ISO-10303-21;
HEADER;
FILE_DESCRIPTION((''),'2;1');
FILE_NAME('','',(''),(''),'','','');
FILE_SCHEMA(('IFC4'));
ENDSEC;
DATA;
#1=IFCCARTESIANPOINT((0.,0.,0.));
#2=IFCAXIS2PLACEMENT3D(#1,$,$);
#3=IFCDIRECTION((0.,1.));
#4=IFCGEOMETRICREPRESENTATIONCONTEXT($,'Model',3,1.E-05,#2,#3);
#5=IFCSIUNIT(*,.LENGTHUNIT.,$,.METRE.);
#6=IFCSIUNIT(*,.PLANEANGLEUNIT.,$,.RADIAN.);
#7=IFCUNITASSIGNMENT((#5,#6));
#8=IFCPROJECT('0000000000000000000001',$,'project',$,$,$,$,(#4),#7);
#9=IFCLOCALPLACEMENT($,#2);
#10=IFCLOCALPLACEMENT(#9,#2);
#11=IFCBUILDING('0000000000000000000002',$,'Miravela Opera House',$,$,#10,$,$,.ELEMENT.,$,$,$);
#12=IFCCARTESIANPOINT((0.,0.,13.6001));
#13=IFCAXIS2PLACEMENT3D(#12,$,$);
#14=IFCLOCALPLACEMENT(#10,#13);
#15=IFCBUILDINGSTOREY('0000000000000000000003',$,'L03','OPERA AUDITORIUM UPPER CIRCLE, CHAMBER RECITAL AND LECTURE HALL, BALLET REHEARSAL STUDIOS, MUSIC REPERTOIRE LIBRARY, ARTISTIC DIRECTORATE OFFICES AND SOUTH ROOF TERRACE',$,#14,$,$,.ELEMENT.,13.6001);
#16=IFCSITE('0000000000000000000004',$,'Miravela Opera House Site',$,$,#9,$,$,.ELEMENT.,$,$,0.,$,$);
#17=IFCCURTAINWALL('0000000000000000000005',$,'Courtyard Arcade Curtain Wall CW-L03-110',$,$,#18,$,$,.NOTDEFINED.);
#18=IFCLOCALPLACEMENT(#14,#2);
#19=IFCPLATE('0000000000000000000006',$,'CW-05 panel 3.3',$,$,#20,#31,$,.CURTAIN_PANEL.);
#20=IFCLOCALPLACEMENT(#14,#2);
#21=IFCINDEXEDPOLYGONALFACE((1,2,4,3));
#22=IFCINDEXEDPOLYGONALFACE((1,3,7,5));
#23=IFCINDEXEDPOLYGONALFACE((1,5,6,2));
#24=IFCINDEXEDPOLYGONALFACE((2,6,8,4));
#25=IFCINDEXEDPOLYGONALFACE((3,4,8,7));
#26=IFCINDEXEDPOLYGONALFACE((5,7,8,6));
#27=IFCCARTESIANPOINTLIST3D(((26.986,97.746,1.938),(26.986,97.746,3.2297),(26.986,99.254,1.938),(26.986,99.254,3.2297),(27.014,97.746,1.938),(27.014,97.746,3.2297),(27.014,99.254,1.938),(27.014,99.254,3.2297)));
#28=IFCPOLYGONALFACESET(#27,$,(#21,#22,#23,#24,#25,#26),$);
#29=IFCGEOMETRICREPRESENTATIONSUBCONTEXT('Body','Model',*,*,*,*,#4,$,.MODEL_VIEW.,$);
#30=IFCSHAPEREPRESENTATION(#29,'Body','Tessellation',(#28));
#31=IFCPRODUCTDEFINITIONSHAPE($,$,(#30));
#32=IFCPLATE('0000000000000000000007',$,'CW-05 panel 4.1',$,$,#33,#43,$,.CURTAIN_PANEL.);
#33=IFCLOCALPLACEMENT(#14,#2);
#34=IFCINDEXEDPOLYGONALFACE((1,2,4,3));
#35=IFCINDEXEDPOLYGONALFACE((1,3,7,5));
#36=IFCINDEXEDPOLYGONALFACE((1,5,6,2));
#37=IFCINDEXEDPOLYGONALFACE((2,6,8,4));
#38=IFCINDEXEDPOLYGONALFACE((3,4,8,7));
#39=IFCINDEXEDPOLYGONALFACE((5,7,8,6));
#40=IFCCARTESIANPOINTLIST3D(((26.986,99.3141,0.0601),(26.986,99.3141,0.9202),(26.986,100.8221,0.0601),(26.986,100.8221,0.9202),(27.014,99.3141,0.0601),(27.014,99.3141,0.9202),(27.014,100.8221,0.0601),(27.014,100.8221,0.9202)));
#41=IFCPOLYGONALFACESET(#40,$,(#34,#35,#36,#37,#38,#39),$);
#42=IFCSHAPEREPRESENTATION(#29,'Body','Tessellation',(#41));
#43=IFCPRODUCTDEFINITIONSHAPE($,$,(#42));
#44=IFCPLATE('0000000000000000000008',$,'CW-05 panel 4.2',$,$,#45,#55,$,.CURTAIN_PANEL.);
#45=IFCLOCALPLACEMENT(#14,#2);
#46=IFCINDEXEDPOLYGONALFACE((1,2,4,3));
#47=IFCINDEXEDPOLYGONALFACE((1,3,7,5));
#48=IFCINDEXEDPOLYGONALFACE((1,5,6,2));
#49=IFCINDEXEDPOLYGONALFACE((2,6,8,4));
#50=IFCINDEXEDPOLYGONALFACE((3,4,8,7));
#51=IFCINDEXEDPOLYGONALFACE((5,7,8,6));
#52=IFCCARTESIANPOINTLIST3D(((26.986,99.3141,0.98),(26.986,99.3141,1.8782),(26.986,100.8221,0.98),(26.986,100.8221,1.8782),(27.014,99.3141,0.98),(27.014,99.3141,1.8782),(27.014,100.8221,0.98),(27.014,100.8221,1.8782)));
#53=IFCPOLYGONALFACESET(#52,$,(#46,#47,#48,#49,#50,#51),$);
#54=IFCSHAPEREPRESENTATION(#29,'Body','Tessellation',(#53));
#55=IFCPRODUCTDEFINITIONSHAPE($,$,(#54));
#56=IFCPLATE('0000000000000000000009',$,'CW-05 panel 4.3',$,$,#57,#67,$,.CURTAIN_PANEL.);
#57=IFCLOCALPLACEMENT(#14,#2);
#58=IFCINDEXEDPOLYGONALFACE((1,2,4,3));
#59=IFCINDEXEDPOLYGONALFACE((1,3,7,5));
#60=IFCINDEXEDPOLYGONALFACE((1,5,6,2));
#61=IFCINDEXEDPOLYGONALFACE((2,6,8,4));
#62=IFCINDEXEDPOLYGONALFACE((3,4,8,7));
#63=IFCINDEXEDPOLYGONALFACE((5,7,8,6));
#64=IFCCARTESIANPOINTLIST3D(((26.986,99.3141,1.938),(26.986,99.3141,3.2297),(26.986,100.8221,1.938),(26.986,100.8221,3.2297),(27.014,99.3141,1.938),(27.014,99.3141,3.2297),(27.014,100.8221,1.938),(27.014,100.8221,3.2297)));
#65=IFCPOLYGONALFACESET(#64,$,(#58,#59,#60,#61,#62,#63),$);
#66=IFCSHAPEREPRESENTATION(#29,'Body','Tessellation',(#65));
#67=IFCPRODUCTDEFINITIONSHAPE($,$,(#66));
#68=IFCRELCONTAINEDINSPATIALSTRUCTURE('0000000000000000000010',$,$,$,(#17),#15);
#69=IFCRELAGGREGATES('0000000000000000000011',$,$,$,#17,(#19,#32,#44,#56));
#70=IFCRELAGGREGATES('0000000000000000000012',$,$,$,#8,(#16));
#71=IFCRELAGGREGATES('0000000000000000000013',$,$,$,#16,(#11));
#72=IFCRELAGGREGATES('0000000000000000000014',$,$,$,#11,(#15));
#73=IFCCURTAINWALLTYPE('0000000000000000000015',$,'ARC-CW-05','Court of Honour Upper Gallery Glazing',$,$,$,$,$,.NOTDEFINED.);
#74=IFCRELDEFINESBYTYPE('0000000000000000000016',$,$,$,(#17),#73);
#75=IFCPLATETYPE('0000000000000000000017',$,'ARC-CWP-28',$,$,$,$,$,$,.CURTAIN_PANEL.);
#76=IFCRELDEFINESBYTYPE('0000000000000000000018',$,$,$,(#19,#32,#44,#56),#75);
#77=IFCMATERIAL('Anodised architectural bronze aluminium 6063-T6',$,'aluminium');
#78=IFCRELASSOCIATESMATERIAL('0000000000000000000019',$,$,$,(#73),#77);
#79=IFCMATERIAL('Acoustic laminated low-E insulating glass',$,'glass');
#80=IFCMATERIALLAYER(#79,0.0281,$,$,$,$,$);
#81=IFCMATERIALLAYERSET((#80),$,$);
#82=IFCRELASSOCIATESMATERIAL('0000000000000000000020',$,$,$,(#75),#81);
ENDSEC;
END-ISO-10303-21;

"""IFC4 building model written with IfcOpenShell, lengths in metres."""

from ifc_helpers import new_model, si_unit, direction, frame, origin, origin_2d, place, context, subcontext, project, spatial, rectangle, extrude, material, layer, layer_set, type_object, element, aggregate, save


model = new_model("IFC4")

# Units and contexts
model_context = context("Model", 3, precision=1e-05, world=origin(), true_north=direction((0.0, 1.0)))
body_context = subcontext(model_context, "Body", "Model", "MODEL_VIEW")
ifc_project = project(units=[si_unit("LENGTHUNIT", "METRE"), si_unit("PLANEANGLEUNIT", "RADIAN")], contexts=[model_context])

# Site, building, storey
site_placement = place(None, origin())
site = spatial("IfcSite", under=ifc_project, at=site_placement, Name="Miravela Opera House Site", CompositionType="ELEMENT", RefElevation=0.0)
building_placement = place(site_placement, origin())
building = spatial("IfcBuilding", under=site, at=building_placement, Name="Miravela Opera House", CompositionType="ELEMENT")
storey_placement = place(building_placement, frame((0.0, 0.0, 13.6001)))
storey = spatial("IfcBuildingStorey", under=building, at=storey_placement, Name="L03", Description="OPERA AUDITORIUM UPPER CIRCLE, CHAMBER RECITAL AND LECTURE HALL, BALLET REHEARSAL STUDIOS, MUSIC REPERTOIRE LIBRARY, ARTISTIC DIRECTORATE OFFICES AND SOUTH ROOF TERRACE", CompositionType="ELEMENT", Elevation=13.6001)

# Curtain wall, plates
ifc_material_1 = material(Name="Anodised architectural bronze aluminium 6063-T6", Category="aluminium")
curtain_wall_type = type_object("IfcCurtainWallType", Name="ARC-CW-05", Description="Court of Honour Upper Gallery Glazing", PredefinedType="NOTDEFINED", material=ifc_material_1)
curtain_wall_placement = place(storey_placement, origin())
curtain_wall = element("IfcCurtainWall", 1, at=curtain_wall_placement, inside=storey, type_object=curtain_wall_type, Name="Courtyard Arcade Curtain Wall CW-L03-110", PredefinedType="NOTDEFINED")
ifc_material_2 = material(Name="Acoustic laminated low-E insulating glass", Category="glass")
ifc_layer = layer(ifc_material_2, 0.0281)
ifc_layer_set = layer_set([ifc_layer])
plate_type = type_object("IfcPlateType", Name="ARC-CWP-28", PredefinedType="CURTAIN_PANEL", material=ifc_layer_set)
plate_1_placement = place(storey_placement, frame((27.0, 98.5, 1.938), z_axis=(0.0, 0.0, 1.0), x_axis=(0.0, 1.0, 0.0)))
plate_1 = element("IfcPlate", 2, at=plate_1_placement, type_object=plate_type, Name="CW-05 panel 3.3", PredefinedType="CURTAIN_PANEL", context=body_context, shape_type="SweptSolid", body=[
    extrude(rectangle(XDim=1.5081, YDim=0.0281, at=origin_2d()), origin(), (0.0, 0.0, 1.0), 1.2917),
])
plate_2_placement = place(storey_placement, frame((27.0, 100.0681, 0.0601), z_axis=(0.0, 0.0, 1.0), x_axis=(0.0, 1.0, 0.0)))
plate_2 = element("IfcPlate", 3, at=plate_2_placement, type_object=plate_type, Name="CW-05 panel 4.1", PredefinedType="CURTAIN_PANEL", context=body_context, shape_type="SweptSolid", body=[
    extrude(rectangle(XDim=1.5081, YDim=0.0281, at=origin_2d()), origin(), (0.0, 0.0, 1.0), 0.8601),
])
plate_3_placement = place(storey_placement, frame((27.0, 100.0681, 0.98), z_axis=(0.0, 0.0, 1.0), x_axis=(0.0, 1.0, 0.0)))
plate_3 = element("IfcPlate", 4, at=plate_3_placement, type_object=plate_type, Name="CW-05 panel 4.2", PredefinedType="CURTAIN_PANEL", context=body_context, shape_type="SweptSolid", body=[
    extrude(rectangle(XDim=1.5081, YDim=0.0281, at=origin_2d()), origin(), (0.0, 0.0, 1.0), 0.8982),
])
plate_4_placement = place(storey_placement, frame((27.0, 100.0681, 1.938), z_axis=(0.0, 0.0, 1.0), x_axis=(0.0, 1.0, 0.0)))
plate_4 = element("IfcPlate", 5, at=plate_4_placement, type_object=plate_type, Name="CW-05 panel 4.3", PredefinedType="CURTAIN_PANEL", context=body_context, shape_type="SweptSolid", body=[
    extrude(rectangle(XDim=1.5081, YDim=0.0281, at=origin_2d()), origin(), (0.0, 0.0, 1.0), 1.2917),
])
aggregate(curtain_wall, [plate_1, plate_2, plate_3, plate_4])

save(model, "model.ifc")
